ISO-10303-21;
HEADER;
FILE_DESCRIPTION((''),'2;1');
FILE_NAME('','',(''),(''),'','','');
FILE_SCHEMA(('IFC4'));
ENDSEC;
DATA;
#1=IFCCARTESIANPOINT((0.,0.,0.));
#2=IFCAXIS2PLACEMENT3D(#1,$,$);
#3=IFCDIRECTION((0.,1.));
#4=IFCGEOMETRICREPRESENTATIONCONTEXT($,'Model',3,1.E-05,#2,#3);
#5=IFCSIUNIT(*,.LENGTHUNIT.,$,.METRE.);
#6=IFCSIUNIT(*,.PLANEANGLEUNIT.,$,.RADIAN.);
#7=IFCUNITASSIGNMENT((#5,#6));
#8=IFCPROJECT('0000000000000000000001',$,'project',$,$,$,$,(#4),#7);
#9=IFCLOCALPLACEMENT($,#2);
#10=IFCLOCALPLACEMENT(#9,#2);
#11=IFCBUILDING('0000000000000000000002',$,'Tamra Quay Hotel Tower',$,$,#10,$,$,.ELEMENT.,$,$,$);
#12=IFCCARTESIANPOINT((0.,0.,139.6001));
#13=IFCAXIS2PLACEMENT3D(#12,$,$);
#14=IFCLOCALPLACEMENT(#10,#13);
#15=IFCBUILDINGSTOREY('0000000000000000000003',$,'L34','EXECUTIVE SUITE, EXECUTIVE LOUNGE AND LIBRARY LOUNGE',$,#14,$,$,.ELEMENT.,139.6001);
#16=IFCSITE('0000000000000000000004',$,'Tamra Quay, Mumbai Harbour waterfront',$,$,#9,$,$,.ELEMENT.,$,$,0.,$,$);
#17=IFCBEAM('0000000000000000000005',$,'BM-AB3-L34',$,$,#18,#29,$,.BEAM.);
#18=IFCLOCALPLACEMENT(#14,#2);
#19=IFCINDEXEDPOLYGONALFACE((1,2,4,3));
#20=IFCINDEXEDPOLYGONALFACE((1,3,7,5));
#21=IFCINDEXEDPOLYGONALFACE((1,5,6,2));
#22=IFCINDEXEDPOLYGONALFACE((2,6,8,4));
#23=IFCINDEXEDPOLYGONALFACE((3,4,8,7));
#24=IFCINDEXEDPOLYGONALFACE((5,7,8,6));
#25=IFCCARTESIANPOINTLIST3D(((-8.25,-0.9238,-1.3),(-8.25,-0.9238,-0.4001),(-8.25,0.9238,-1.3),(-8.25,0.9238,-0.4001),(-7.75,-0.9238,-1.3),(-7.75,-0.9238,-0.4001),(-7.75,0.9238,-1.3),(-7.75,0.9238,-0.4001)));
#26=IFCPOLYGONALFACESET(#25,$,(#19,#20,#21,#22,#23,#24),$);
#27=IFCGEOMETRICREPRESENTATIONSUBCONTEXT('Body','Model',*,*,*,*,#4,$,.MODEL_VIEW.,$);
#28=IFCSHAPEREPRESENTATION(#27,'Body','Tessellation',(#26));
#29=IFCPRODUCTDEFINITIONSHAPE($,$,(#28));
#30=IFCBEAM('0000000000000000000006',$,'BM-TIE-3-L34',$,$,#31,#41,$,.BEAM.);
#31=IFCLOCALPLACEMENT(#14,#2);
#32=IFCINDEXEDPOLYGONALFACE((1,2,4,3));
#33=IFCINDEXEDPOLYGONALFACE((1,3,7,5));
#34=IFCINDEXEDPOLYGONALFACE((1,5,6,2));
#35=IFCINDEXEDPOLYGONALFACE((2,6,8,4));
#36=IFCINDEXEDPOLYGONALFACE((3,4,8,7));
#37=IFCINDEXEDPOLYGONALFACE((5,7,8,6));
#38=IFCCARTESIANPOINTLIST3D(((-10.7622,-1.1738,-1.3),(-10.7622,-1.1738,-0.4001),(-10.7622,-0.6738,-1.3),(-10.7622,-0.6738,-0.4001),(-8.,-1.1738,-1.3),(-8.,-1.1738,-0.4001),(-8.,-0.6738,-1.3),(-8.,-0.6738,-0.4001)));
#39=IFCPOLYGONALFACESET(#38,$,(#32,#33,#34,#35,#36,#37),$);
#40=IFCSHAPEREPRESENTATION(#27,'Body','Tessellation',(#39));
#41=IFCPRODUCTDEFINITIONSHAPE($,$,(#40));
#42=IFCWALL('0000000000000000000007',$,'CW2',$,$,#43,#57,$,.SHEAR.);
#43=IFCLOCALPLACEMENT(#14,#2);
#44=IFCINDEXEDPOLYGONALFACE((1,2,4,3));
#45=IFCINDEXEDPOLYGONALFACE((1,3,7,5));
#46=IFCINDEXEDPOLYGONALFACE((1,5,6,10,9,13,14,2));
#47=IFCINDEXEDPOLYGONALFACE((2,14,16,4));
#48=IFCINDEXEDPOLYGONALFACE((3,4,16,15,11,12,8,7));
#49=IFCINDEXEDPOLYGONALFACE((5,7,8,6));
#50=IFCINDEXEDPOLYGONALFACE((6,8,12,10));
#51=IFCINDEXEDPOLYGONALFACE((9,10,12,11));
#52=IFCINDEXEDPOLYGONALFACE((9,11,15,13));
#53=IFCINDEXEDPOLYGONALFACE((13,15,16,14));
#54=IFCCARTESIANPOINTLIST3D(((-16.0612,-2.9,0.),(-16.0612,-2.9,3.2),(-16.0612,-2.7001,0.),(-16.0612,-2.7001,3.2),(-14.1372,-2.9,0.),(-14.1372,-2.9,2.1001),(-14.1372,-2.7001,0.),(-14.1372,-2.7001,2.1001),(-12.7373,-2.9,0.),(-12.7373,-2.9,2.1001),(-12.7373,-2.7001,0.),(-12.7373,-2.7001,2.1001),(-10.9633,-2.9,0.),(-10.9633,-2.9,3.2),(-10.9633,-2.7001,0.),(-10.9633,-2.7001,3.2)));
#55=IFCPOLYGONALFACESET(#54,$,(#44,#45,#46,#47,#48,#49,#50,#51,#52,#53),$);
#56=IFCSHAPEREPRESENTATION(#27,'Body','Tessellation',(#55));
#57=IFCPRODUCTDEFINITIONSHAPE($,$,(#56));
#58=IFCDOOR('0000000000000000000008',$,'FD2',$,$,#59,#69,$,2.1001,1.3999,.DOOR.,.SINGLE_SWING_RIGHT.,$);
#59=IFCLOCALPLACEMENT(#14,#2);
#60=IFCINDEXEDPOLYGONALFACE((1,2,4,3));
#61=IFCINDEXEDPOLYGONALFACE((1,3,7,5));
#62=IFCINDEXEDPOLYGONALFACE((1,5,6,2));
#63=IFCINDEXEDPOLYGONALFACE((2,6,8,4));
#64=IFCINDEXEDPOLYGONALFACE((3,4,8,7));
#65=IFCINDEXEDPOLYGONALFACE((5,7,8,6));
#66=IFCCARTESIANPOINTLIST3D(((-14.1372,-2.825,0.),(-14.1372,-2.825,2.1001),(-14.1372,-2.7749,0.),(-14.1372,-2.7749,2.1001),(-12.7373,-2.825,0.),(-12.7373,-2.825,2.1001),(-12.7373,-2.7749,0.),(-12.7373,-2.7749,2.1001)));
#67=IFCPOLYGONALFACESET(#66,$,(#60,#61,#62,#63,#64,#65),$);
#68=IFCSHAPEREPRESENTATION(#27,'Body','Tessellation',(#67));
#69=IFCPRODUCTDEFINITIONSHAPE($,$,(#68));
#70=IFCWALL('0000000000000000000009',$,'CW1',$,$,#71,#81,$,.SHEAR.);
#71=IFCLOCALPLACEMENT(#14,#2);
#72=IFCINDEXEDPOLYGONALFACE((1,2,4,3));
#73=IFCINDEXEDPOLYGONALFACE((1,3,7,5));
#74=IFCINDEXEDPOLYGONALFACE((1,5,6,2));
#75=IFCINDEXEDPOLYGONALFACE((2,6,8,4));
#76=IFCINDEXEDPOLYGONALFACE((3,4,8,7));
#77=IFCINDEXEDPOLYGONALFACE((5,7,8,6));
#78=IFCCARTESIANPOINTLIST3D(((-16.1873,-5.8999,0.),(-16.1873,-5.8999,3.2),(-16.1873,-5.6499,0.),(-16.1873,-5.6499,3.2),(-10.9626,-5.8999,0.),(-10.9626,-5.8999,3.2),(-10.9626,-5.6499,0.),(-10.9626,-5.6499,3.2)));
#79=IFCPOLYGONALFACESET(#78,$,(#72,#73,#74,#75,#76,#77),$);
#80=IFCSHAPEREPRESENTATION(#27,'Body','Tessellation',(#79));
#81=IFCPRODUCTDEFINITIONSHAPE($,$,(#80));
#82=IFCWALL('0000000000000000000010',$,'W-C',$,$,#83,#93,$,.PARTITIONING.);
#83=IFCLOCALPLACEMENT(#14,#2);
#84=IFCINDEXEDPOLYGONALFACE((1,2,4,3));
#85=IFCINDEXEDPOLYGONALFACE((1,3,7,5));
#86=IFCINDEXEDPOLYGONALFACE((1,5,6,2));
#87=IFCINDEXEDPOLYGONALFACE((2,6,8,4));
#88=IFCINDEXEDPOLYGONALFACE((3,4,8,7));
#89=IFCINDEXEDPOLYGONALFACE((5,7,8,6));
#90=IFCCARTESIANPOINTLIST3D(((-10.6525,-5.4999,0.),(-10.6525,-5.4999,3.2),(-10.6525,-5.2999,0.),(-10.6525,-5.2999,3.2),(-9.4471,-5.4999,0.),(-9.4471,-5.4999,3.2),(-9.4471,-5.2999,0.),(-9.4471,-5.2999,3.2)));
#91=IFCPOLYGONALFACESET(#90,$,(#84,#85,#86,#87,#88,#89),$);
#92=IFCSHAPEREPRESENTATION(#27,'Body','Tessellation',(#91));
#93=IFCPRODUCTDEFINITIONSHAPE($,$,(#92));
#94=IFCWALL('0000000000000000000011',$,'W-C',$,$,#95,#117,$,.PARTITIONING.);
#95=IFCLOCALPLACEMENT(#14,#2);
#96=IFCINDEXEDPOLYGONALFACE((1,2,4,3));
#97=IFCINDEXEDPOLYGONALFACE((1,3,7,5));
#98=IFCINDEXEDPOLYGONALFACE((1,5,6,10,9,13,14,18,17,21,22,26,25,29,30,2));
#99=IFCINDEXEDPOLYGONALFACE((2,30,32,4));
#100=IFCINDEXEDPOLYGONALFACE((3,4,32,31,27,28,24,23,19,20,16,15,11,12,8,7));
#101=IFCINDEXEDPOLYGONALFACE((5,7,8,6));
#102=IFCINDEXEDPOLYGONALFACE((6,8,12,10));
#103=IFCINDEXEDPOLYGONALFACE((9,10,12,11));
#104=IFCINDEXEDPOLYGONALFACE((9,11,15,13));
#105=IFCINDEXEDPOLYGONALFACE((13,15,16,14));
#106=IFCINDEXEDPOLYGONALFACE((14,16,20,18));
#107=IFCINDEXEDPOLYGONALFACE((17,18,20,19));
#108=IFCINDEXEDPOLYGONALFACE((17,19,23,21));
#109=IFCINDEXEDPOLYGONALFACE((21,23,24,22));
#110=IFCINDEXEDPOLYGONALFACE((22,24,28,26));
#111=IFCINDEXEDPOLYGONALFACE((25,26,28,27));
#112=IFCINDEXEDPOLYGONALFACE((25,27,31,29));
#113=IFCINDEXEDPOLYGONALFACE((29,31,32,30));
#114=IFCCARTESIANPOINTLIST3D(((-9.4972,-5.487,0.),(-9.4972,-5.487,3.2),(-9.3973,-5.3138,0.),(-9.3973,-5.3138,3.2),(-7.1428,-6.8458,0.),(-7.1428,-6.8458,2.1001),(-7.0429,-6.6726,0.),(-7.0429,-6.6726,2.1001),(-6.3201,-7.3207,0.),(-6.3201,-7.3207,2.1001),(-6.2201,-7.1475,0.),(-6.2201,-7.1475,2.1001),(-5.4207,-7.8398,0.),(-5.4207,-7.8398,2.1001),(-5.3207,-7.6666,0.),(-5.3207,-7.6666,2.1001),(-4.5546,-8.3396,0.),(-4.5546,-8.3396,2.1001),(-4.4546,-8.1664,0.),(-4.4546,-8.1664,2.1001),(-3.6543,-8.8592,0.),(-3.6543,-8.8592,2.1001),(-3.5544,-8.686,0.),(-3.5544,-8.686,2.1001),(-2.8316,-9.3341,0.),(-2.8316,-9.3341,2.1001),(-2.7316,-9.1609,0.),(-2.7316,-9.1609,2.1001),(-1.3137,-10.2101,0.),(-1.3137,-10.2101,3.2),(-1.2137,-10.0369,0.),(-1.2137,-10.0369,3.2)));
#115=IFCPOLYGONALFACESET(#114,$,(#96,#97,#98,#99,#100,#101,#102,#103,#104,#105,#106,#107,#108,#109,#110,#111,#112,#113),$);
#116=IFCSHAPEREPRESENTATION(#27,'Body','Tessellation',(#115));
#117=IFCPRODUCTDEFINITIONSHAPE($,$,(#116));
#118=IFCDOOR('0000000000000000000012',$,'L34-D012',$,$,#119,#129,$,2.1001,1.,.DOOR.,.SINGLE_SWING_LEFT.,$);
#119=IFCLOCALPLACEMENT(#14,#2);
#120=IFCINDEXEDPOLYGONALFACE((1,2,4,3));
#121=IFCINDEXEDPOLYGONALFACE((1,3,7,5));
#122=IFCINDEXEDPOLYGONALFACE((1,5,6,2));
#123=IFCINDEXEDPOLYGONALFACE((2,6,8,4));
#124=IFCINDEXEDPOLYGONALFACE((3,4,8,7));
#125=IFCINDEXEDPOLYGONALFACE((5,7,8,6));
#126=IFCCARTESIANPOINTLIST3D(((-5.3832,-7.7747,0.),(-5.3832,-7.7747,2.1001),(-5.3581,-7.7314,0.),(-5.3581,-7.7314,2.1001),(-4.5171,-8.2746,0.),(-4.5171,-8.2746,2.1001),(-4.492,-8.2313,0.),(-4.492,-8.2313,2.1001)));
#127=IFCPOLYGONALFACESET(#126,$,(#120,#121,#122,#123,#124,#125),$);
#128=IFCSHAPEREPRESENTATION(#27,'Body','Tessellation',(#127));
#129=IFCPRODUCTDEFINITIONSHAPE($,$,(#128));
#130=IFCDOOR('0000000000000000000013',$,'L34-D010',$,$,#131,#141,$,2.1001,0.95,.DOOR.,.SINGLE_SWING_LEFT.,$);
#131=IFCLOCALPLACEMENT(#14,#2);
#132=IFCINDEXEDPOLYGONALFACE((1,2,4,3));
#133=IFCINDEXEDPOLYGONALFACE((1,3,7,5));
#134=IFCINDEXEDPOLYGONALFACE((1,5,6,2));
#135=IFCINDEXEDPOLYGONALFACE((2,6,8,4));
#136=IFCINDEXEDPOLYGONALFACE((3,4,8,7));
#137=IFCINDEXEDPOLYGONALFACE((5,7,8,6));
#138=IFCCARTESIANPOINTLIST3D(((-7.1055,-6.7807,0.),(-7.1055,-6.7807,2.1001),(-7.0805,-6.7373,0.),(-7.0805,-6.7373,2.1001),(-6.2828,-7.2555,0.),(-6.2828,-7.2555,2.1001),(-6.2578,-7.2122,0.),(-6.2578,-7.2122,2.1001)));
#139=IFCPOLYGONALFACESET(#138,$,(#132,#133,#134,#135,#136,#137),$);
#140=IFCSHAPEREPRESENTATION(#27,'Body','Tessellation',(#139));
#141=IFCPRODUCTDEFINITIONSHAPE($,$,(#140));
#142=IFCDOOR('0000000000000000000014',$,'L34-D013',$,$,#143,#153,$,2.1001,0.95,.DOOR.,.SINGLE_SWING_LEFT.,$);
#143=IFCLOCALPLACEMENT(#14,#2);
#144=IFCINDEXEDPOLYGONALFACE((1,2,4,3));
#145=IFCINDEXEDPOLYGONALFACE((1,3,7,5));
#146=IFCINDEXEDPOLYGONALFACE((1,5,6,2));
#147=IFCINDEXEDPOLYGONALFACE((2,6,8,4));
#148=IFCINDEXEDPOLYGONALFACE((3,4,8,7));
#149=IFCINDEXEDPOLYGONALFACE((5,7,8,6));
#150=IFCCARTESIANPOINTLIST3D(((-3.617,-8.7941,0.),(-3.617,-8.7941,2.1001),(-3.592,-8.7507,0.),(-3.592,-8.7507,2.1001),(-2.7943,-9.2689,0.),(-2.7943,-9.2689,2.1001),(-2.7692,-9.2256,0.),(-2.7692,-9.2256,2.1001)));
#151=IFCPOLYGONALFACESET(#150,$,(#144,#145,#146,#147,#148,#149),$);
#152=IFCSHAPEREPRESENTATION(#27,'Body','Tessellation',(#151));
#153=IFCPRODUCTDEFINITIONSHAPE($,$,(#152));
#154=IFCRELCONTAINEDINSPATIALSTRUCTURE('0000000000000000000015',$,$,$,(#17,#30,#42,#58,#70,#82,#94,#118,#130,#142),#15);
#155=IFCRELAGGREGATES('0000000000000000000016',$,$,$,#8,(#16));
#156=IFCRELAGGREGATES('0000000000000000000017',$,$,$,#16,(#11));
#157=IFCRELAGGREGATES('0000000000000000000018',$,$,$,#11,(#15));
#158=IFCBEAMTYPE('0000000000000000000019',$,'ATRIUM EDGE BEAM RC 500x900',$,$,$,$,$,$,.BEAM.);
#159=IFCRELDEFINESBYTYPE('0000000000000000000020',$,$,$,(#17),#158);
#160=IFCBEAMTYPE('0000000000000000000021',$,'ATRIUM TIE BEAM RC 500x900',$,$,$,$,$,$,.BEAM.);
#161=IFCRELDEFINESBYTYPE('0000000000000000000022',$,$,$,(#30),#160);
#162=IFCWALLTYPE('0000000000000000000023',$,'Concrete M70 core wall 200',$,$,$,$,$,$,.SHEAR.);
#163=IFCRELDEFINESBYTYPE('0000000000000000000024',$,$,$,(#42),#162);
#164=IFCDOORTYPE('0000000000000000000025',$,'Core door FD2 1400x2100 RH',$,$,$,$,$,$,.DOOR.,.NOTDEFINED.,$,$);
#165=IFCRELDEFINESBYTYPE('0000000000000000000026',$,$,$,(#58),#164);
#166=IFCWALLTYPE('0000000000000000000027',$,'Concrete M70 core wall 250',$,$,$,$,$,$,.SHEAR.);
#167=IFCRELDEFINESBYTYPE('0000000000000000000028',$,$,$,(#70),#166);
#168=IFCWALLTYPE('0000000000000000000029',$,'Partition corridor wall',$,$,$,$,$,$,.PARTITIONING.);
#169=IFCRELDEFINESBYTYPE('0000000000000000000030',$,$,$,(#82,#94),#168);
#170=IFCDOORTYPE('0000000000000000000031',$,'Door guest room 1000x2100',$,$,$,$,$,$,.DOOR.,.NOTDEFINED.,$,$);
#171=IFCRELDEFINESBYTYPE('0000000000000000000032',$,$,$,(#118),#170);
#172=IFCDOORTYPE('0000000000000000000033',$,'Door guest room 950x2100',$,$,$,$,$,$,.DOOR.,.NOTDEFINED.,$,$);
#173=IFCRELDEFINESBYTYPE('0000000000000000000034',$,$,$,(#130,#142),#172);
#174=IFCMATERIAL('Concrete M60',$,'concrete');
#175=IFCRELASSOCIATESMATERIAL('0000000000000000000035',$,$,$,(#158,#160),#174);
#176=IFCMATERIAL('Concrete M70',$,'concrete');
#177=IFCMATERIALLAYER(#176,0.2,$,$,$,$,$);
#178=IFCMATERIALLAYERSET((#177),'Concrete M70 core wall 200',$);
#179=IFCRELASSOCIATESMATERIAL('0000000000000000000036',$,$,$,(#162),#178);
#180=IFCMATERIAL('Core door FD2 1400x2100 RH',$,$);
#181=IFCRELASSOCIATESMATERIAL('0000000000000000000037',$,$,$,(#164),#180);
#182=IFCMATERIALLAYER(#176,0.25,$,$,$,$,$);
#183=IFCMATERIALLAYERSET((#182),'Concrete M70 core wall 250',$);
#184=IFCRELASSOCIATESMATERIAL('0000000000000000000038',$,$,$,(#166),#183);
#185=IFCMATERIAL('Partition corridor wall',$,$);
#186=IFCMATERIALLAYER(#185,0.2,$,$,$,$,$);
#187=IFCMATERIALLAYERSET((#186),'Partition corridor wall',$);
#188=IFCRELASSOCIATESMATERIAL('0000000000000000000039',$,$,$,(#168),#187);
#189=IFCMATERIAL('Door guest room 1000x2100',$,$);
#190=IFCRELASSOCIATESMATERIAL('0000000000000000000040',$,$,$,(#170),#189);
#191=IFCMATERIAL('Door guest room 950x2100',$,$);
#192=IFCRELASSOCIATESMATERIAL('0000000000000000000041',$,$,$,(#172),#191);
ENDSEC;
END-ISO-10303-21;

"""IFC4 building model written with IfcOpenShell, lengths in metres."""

from ifc_helpers import new_model, si_unit, direction, frame, frame_2d, origin, origin_2d, place, context, subcontext, project, spatial, rectangle, extrude, material, layer, layer_set, material_profile, profile_set, type_object, element, fill, save


model = new_model("IFC4")

# Units and contexts
model_context = context("Model", 3, precision=1e-05, world=origin(), true_north=direction((0.0, 1.0)))
body_context = subcontext(model_context, "Body", "Model", "MODEL_VIEW")
ifc_project = project(units=[si_unit("LENGTHUNIT", "METRE"), si_unit("PLANEANGLEUNIT", "RADIAN")], contexts=[model_context])

# Site, building, storey
site_placement = place(None, origin())
site = spatial("IfcSite", under=ifc_project, at=site_placement, Name="Tamra Quay, Mumbai Harbour waterfront", CompositionType="ELEMENT", RefElevation=0.0)
building_placement = place(site_placement, origin())
building = spatial("IfcBuilding", under=site, at=building_placement, Name="Tamra Quay Hotel Tower", CompositionType="ELEMENT")
storey_placement = place(building_placement, frame((0.0, 0.0, 139.6001)))
storey = spatial("IfcBuildingStorey", under=building, at=storey_placement, Name="L34", Description="EXECUTIVE SUITE, EXECUTIVE LOUNGE AND LIBRARY LOUNGE", CompositionType="ELEMENT", Elevation=139.6001)

# Beams
ifc_material_1 = material(Name="Concrete M60", Category="concrete")
ifc_material_profile_1 = material_profile(ifc_material_1, rectangle(XDim=0.5, YDim=0.8999, at=origin_2d()), Name="ATRIUM EDGE BEAM RC 500x900")
ifc_profile_set_1 = profile_set([ifc_material_profile_1], Name="Concrete M60")
beam_type_1 = type_object("IfcBeamType", Name="ATRIUM EDGE BEAM RC 500x900", PredefinedType="BEAM", material=ifc_profile_set_1)
beam_1_placement = place(storey_placement, frame((-8.0, -0.9238, -0.8501), z_axis=(0.0, 1.0, 0.0), x_axis=(-1.0, 0.0, 0.0)))
element("IfcBeam", 1, at=beam_1_placement, inside=storey, type_object=beam_type_1, Name="BM-AB3-L34", PredefinedType="BEAM", context=body_context, shape_type="SweptSolid", body=[
    extrude(rectangle(XDim=0.5, YDim=0.8999, at=origin_2d()), origin(), (0.0, 0.0, 1.0), 1.8477),
])
ifc_material_profile_2 = material_profile(ifc_material_1, rectangle(XDim=0.5, YDim=0.8999, at=origin_2d()), Name="ATRIUM TIE BEAM RC 500x900")
ifc_profile_set_2 = profile_set([ifc_material_profile_2], Name="Concrete M60")
beam_type_2 = type_object("IfcBeamType", Name="ATRIUM TIE BEAM RC 500x900", PredefinedType="BEAM", material=ifc_profile_set_2)
beam_2_placement = place(storey_placement, frame((-8.0, -0.9238, -0.8501), z_axis=(-1.0, 0.0, 0.0), x_axis=(0.0, -1.0, 0.0)))
element("IfcBeam", 2, at=beam_2_placement, inside=storey, type_object=beam_type_2, Name="BM-TIE-3-L34", PredefinedType="BEAM", context=body_context, shape_type="SweptSolid", body=[
    extrude(rectangle(XDim=0.5, YDim=0.8999, at=origin_2d()), origin(), (0.0, 0.0, 1.0), 2.7622),
])

# Wall, opening, door
ifc_material_2 = material(Name="Concrete M70", Category="concrete")
ifc_layer_1 = layer(ifc_material_2, 0.2)
ifc_layer_set_1 = layer_set([ifc_layer_1], Name="Concrete M70 core wall 200")
wall_type_1 = type_object("IfcWallType", Name="Concrete M70 core wall 200", PredefinedType="SHEAR", material=ifc_layer_set_1)
wall_1_placement = place(storey_placement, frame((-10.9634, -2.8, 0.0), z_axis=(0.0, 0.0, 1.0), x_axis=(-1.0, 0.0, 0.0)))
wall_1 = element("IfcWall", 3, at=wall_1_placement, inside=storey, type_object=wall_type_1, Name="CW2", PredefinedType="SHEAR", context=body_context, shape_type="SweptSolid", body=[
    extrude(rectangle(XDim=5.0979, YDim=0.2, at=frame_2d((2.5488, 0.0))), origin(), (0.0, 0.0, 1.0), 3.2),
])
opening_1_placement = place(wall_1_placement, frame((1.7739, 0.0, 0.0)))
opening_1 = element("IfcOpeningElement", 4, at=opening_1_placement, cuts=wall_1, PredefinedType="OPENING", context=body_context, shape_type="SweptSolid", body=[
    extrude(rectangle(XDim=1.3999, YDim=2.1001, at=frame_2d((0.7, 1.05))), frame((0.0, 0.1099, 0.0), z_axis=(0.0, -1.0, 0.0), x_axis=(1.0, 0.0, 0.0)), (0.0, 0.0, 1.0), 0.22),
])
ifc_material_3 = material(Name="Core door FD2 1400x2100 RH")
door_type_1 = type_object("IfcDoorType", Name="Core door FD2 1400x2100 RH", OperationType="NOTDEFINED", PredefinedType="DOOR", material=ifc_material_3)
door_1_placement = place(opening_1_placement, origin())
door_1 = element("IfcDoor", 5, at=door_1_placement, inside=storey, type_object=door_type_1, Name="FD2", OperationType="SINGLE_SWING_RIGHT", OverallHeight=2.1001, OverallWidth=1.3999, PredefinedType="DOOR", context=body_context, shape_type="SweptSolid", body=[
    extrude(rectangle(XDim=1.3999, YDim=2.1001, at=frame_2d((0.7, 1.05))), frame((0.0, 0.0249, 0.0), z_axis=(0.0, -1.0, 0.0), x_axis=(1.0, 0.0, 0.0)), (0.0, 0.0, 1.0), 0.05),
])
fill(opening_1, door_1)

# Walls
ifc_layer_2 = layer(ifc_material_2, 0.25)
ifc_layer_set_2 = layer_set([ifc_layer_2], Name="Concrete M70 core wall 250")
wall_type_2 = type_object("IfcWallType", Name="Concrete M70 core wall 250", PredefinedType="SHEAR", material=ifc_layer_set_2)
wall_2_placement = place(storey_placement, frame((-10.9626, -5.7749, 0.0), z_axis=(0.0, 0.0, 1.0), x_axis=(-1.0, 0.0, 0.0)))
element("IfcWall", 6, at=wall_2_placement, inside=storey, type_object=wall_type_2, Name="CW1", PredefinedType="SHEAR", context=body_context, shape_type="SweptSolid", body=[
    extrude(rectangle(XDim=5.2246, YDim=0.25, at=frame_2d((2.6123, 0.0))), origin(), (0.0, 0.0, 1.0), 3.2),
])
ifc_material_4 = material(Name="Partition corridor wall")
ifc_layer_3 = layer(ifc_material_4, 0.2)
ifc_layer_set_3 = layer_set([ifc_layer_3], Name="Partition corridor wall")
wall_type_3 = type_object("IfcWallType", Name="Partition corridor wall", PredefinedType="PARTITIONING", material=ifc_layer_set_3)
wall_3_placement = place(storey_placement, frame((-10.6523, -5.3999, 0.0), z_axis=(0.0, 0.0, 1.0), x_axis=(1.0, 0.0, 0.0)))
element("IfcWall", 7, at=wall_3_placement, inside=storey, type_object=wall_type_3, Name="W-C", PredefinedType="PARTITIONING", context=body_context, shape_type="SweptSolid", body=[
    extrude(rectangle(XDim=1.2053, YDim=0.2, at=frame_2d((0.6025, 0.0))), origin(), (0.0, 0.0, 1.0), 3.2),
])

# Wall, openings, doors
wall_4_placement = place(storey_placement, frame((-9.4473, -5.4004, 0.0), z_axis=(0.0, 0.0, 1.0), x_axis=(0.866101, -0.499869, 0.0)))
wall_4 = element("IfcWall", 8, at=wall_4_placement, inside=storey, type_object=wall_type_3, Name="W-C", PredefinedType="PARTITIONING", context=body_context, shape_type="SweptSolid", body=[
    extrude(rectangle(XDim=9.4487, YDim=0.2, at=frame_2d((4.7244, 0.0))), origin(), (0.0, 0.0, 1.0), 3.2),
])
opening_2_placement = place(wall_4_placement, frame((2.7183, 0.0, 0.0)))
opening_2 = element("IfcOpeningElement", 9, at=opening_2_placement, cuts=wall_4, PredefinedType="OPENING", context=body_context, shape_type="SweptSolid", body=[
    extrude(rectangle(XDim=0.95, YDim=2.1001, at=frame_2d((0.4751, 1.05))), frame((0.0, 0.1099, 0.0), z_axis=(0.0, -1.0, 0.0), x_axis=(1.0, 0.0, 0.0)), (0.0, 0.0, 1.0), 0.22),
])
opening_3_placement = place(wall_4_placement, frame((4.7068, 0.0, 0.0)))
opening_3 = element("IfcOpeningElement", 10, at=opening_3_placement, cuts=wall_4, PredefinedType="OPENING", context=body_context, shape_type="SweptSolid", body=[
    extrude(rectangle(XDim=1.0, YDim=2.1001, at=frame_2d((0.5, 1.05))), frame((0.0, 0.1099, 0.0), z_axis=(0.0, -1.0, 0.0), x_axis=(1.0, 0.0, 0.0)), (0.0, 0.0, 1.0), 0.22),
])
opening_4_placement = place(wall_4_placement, frame((6.7461, 0.0, 0.0)))
opening_4 = element("IfcOpeningElement", 11, at=opening_4_placement, cuts=wall_4, PredefinedType="OPENING", context=body_context, shape_type="SweptSolid", body=[
    extrude(rectangle(XDim=0.95, YDim=2.1001, at=frame_2d((0.4751, 1.05))), frame((0.0, 0.1099, 0.0), z_axis=(0.0, -1.0, 0.0), x_axis=(1.0, 0.0, 0.0)), (0.0, 0.0, 1.0), 0.22),
])
ifc_material_5 = material(Name="Door guest room 1000x2100")
door_type_2 = type_object("IfcDoorType", Name="Door guest room 1000x2100", OperationType="NOTDEFINED", PredefinedType="DOOR", material=ifc_material_5)
door_2_placement = place(opening_3_placement, frame((1.0, 0.0, 0.0), z_axis=(0.0, 0.0, 1.0), x_axis=(-1.0, 0.0, 0.0)))
door_2 = element("IfcDoor", 12, at=door_2_placement, inside=storey, type_object=door_type_2, Name="L34-D012", OperationType="SINGLE_SWING_LEFT", OverallHeight=2.1001, OverallWidth=1.0, PredefinedType="DOOR", context=body_context, shape_type="SweptSolid", body=[
    extrude(rectangle(XDim=1.0, YDim=2.1001, at=frame_2d((0.5, 1.05))), frame((0.0, 0.0249, 0.0), z_axis=(0.0, -1.0, 0.0), x_axis=(1.0, 0.0, 0.0)), (0.0, 0.0, 1.0), 0.05),
])
fill(opening_3, door_2)
ifc_material_6 = material(Name="Door guest room 950x2100")
door_type_3 = type_object("IfcDoorType", Name="Door guest room 950x2100", OperationType="NOTDEFINED", PredefinedType="DOOR", material=ifc_material_6)
door_3_placement = place(opening_2_placement, frame((0.95, 0.0, 0.0), z_axis=(0.0, 0.0, 1.0), x_axis=(-1.0, 0.0, 0.0)))
door_3 = element("IfcDoor", 13, at=door_3_placement, inside=storey, type_object=door_type_3, Name="L34-D010", OperationType="SINGLE_SWING_LEFT", OverallHeight=2.1001, OverallWidth=0.95, PredefinedType="DOOR", context=body_context, shape_type="SweptSolid", body=[
    extrude(rectangle(XDim=0.95, YDim=2.1001, at=frame_2d((0.4751, 1.05))), frame((0.0, 0.0249, 0.0), z_axis=(0.0, -1.0, 0.0), x_axis=(1.0, 0.0, 0.0)), (0.0, 0.0, 1.0), 0.05),
])
fill(opening_2, door_3)
door_4_placement = place(opening_4_placement, frame((0.95, 0.0, 0.0), z_axis=(0.0, 0.0, 1.0), x_axis=(-1.0, 0.0, 0.0)))
door_4 = element("IfcDoor", 14, at=door_4_placement, inside=storey, type_object=door_type_3, Name="L34-D013", OperationType="SINGLE_SWING_LEFT", OverallHeight=2.1001, OverallWidth=0.95, PredefinedType="DOOR", context=body_context, shape_type="SweptSolid", body=[
    extrude(rectangle(XDim=0.95, YDim=2.1001, at=frame_2d((0.4751, 1.05))), frame((0.0, 0.0249, 0.0), z_axis=(0.0, -1.0, 0.0), x_axis=(1.0, 0.0, 0.0)), (0.0, 0.0, 1.0), 0.05),
])
fill(opening_4, door_4)

save(model, "model.ifc")
